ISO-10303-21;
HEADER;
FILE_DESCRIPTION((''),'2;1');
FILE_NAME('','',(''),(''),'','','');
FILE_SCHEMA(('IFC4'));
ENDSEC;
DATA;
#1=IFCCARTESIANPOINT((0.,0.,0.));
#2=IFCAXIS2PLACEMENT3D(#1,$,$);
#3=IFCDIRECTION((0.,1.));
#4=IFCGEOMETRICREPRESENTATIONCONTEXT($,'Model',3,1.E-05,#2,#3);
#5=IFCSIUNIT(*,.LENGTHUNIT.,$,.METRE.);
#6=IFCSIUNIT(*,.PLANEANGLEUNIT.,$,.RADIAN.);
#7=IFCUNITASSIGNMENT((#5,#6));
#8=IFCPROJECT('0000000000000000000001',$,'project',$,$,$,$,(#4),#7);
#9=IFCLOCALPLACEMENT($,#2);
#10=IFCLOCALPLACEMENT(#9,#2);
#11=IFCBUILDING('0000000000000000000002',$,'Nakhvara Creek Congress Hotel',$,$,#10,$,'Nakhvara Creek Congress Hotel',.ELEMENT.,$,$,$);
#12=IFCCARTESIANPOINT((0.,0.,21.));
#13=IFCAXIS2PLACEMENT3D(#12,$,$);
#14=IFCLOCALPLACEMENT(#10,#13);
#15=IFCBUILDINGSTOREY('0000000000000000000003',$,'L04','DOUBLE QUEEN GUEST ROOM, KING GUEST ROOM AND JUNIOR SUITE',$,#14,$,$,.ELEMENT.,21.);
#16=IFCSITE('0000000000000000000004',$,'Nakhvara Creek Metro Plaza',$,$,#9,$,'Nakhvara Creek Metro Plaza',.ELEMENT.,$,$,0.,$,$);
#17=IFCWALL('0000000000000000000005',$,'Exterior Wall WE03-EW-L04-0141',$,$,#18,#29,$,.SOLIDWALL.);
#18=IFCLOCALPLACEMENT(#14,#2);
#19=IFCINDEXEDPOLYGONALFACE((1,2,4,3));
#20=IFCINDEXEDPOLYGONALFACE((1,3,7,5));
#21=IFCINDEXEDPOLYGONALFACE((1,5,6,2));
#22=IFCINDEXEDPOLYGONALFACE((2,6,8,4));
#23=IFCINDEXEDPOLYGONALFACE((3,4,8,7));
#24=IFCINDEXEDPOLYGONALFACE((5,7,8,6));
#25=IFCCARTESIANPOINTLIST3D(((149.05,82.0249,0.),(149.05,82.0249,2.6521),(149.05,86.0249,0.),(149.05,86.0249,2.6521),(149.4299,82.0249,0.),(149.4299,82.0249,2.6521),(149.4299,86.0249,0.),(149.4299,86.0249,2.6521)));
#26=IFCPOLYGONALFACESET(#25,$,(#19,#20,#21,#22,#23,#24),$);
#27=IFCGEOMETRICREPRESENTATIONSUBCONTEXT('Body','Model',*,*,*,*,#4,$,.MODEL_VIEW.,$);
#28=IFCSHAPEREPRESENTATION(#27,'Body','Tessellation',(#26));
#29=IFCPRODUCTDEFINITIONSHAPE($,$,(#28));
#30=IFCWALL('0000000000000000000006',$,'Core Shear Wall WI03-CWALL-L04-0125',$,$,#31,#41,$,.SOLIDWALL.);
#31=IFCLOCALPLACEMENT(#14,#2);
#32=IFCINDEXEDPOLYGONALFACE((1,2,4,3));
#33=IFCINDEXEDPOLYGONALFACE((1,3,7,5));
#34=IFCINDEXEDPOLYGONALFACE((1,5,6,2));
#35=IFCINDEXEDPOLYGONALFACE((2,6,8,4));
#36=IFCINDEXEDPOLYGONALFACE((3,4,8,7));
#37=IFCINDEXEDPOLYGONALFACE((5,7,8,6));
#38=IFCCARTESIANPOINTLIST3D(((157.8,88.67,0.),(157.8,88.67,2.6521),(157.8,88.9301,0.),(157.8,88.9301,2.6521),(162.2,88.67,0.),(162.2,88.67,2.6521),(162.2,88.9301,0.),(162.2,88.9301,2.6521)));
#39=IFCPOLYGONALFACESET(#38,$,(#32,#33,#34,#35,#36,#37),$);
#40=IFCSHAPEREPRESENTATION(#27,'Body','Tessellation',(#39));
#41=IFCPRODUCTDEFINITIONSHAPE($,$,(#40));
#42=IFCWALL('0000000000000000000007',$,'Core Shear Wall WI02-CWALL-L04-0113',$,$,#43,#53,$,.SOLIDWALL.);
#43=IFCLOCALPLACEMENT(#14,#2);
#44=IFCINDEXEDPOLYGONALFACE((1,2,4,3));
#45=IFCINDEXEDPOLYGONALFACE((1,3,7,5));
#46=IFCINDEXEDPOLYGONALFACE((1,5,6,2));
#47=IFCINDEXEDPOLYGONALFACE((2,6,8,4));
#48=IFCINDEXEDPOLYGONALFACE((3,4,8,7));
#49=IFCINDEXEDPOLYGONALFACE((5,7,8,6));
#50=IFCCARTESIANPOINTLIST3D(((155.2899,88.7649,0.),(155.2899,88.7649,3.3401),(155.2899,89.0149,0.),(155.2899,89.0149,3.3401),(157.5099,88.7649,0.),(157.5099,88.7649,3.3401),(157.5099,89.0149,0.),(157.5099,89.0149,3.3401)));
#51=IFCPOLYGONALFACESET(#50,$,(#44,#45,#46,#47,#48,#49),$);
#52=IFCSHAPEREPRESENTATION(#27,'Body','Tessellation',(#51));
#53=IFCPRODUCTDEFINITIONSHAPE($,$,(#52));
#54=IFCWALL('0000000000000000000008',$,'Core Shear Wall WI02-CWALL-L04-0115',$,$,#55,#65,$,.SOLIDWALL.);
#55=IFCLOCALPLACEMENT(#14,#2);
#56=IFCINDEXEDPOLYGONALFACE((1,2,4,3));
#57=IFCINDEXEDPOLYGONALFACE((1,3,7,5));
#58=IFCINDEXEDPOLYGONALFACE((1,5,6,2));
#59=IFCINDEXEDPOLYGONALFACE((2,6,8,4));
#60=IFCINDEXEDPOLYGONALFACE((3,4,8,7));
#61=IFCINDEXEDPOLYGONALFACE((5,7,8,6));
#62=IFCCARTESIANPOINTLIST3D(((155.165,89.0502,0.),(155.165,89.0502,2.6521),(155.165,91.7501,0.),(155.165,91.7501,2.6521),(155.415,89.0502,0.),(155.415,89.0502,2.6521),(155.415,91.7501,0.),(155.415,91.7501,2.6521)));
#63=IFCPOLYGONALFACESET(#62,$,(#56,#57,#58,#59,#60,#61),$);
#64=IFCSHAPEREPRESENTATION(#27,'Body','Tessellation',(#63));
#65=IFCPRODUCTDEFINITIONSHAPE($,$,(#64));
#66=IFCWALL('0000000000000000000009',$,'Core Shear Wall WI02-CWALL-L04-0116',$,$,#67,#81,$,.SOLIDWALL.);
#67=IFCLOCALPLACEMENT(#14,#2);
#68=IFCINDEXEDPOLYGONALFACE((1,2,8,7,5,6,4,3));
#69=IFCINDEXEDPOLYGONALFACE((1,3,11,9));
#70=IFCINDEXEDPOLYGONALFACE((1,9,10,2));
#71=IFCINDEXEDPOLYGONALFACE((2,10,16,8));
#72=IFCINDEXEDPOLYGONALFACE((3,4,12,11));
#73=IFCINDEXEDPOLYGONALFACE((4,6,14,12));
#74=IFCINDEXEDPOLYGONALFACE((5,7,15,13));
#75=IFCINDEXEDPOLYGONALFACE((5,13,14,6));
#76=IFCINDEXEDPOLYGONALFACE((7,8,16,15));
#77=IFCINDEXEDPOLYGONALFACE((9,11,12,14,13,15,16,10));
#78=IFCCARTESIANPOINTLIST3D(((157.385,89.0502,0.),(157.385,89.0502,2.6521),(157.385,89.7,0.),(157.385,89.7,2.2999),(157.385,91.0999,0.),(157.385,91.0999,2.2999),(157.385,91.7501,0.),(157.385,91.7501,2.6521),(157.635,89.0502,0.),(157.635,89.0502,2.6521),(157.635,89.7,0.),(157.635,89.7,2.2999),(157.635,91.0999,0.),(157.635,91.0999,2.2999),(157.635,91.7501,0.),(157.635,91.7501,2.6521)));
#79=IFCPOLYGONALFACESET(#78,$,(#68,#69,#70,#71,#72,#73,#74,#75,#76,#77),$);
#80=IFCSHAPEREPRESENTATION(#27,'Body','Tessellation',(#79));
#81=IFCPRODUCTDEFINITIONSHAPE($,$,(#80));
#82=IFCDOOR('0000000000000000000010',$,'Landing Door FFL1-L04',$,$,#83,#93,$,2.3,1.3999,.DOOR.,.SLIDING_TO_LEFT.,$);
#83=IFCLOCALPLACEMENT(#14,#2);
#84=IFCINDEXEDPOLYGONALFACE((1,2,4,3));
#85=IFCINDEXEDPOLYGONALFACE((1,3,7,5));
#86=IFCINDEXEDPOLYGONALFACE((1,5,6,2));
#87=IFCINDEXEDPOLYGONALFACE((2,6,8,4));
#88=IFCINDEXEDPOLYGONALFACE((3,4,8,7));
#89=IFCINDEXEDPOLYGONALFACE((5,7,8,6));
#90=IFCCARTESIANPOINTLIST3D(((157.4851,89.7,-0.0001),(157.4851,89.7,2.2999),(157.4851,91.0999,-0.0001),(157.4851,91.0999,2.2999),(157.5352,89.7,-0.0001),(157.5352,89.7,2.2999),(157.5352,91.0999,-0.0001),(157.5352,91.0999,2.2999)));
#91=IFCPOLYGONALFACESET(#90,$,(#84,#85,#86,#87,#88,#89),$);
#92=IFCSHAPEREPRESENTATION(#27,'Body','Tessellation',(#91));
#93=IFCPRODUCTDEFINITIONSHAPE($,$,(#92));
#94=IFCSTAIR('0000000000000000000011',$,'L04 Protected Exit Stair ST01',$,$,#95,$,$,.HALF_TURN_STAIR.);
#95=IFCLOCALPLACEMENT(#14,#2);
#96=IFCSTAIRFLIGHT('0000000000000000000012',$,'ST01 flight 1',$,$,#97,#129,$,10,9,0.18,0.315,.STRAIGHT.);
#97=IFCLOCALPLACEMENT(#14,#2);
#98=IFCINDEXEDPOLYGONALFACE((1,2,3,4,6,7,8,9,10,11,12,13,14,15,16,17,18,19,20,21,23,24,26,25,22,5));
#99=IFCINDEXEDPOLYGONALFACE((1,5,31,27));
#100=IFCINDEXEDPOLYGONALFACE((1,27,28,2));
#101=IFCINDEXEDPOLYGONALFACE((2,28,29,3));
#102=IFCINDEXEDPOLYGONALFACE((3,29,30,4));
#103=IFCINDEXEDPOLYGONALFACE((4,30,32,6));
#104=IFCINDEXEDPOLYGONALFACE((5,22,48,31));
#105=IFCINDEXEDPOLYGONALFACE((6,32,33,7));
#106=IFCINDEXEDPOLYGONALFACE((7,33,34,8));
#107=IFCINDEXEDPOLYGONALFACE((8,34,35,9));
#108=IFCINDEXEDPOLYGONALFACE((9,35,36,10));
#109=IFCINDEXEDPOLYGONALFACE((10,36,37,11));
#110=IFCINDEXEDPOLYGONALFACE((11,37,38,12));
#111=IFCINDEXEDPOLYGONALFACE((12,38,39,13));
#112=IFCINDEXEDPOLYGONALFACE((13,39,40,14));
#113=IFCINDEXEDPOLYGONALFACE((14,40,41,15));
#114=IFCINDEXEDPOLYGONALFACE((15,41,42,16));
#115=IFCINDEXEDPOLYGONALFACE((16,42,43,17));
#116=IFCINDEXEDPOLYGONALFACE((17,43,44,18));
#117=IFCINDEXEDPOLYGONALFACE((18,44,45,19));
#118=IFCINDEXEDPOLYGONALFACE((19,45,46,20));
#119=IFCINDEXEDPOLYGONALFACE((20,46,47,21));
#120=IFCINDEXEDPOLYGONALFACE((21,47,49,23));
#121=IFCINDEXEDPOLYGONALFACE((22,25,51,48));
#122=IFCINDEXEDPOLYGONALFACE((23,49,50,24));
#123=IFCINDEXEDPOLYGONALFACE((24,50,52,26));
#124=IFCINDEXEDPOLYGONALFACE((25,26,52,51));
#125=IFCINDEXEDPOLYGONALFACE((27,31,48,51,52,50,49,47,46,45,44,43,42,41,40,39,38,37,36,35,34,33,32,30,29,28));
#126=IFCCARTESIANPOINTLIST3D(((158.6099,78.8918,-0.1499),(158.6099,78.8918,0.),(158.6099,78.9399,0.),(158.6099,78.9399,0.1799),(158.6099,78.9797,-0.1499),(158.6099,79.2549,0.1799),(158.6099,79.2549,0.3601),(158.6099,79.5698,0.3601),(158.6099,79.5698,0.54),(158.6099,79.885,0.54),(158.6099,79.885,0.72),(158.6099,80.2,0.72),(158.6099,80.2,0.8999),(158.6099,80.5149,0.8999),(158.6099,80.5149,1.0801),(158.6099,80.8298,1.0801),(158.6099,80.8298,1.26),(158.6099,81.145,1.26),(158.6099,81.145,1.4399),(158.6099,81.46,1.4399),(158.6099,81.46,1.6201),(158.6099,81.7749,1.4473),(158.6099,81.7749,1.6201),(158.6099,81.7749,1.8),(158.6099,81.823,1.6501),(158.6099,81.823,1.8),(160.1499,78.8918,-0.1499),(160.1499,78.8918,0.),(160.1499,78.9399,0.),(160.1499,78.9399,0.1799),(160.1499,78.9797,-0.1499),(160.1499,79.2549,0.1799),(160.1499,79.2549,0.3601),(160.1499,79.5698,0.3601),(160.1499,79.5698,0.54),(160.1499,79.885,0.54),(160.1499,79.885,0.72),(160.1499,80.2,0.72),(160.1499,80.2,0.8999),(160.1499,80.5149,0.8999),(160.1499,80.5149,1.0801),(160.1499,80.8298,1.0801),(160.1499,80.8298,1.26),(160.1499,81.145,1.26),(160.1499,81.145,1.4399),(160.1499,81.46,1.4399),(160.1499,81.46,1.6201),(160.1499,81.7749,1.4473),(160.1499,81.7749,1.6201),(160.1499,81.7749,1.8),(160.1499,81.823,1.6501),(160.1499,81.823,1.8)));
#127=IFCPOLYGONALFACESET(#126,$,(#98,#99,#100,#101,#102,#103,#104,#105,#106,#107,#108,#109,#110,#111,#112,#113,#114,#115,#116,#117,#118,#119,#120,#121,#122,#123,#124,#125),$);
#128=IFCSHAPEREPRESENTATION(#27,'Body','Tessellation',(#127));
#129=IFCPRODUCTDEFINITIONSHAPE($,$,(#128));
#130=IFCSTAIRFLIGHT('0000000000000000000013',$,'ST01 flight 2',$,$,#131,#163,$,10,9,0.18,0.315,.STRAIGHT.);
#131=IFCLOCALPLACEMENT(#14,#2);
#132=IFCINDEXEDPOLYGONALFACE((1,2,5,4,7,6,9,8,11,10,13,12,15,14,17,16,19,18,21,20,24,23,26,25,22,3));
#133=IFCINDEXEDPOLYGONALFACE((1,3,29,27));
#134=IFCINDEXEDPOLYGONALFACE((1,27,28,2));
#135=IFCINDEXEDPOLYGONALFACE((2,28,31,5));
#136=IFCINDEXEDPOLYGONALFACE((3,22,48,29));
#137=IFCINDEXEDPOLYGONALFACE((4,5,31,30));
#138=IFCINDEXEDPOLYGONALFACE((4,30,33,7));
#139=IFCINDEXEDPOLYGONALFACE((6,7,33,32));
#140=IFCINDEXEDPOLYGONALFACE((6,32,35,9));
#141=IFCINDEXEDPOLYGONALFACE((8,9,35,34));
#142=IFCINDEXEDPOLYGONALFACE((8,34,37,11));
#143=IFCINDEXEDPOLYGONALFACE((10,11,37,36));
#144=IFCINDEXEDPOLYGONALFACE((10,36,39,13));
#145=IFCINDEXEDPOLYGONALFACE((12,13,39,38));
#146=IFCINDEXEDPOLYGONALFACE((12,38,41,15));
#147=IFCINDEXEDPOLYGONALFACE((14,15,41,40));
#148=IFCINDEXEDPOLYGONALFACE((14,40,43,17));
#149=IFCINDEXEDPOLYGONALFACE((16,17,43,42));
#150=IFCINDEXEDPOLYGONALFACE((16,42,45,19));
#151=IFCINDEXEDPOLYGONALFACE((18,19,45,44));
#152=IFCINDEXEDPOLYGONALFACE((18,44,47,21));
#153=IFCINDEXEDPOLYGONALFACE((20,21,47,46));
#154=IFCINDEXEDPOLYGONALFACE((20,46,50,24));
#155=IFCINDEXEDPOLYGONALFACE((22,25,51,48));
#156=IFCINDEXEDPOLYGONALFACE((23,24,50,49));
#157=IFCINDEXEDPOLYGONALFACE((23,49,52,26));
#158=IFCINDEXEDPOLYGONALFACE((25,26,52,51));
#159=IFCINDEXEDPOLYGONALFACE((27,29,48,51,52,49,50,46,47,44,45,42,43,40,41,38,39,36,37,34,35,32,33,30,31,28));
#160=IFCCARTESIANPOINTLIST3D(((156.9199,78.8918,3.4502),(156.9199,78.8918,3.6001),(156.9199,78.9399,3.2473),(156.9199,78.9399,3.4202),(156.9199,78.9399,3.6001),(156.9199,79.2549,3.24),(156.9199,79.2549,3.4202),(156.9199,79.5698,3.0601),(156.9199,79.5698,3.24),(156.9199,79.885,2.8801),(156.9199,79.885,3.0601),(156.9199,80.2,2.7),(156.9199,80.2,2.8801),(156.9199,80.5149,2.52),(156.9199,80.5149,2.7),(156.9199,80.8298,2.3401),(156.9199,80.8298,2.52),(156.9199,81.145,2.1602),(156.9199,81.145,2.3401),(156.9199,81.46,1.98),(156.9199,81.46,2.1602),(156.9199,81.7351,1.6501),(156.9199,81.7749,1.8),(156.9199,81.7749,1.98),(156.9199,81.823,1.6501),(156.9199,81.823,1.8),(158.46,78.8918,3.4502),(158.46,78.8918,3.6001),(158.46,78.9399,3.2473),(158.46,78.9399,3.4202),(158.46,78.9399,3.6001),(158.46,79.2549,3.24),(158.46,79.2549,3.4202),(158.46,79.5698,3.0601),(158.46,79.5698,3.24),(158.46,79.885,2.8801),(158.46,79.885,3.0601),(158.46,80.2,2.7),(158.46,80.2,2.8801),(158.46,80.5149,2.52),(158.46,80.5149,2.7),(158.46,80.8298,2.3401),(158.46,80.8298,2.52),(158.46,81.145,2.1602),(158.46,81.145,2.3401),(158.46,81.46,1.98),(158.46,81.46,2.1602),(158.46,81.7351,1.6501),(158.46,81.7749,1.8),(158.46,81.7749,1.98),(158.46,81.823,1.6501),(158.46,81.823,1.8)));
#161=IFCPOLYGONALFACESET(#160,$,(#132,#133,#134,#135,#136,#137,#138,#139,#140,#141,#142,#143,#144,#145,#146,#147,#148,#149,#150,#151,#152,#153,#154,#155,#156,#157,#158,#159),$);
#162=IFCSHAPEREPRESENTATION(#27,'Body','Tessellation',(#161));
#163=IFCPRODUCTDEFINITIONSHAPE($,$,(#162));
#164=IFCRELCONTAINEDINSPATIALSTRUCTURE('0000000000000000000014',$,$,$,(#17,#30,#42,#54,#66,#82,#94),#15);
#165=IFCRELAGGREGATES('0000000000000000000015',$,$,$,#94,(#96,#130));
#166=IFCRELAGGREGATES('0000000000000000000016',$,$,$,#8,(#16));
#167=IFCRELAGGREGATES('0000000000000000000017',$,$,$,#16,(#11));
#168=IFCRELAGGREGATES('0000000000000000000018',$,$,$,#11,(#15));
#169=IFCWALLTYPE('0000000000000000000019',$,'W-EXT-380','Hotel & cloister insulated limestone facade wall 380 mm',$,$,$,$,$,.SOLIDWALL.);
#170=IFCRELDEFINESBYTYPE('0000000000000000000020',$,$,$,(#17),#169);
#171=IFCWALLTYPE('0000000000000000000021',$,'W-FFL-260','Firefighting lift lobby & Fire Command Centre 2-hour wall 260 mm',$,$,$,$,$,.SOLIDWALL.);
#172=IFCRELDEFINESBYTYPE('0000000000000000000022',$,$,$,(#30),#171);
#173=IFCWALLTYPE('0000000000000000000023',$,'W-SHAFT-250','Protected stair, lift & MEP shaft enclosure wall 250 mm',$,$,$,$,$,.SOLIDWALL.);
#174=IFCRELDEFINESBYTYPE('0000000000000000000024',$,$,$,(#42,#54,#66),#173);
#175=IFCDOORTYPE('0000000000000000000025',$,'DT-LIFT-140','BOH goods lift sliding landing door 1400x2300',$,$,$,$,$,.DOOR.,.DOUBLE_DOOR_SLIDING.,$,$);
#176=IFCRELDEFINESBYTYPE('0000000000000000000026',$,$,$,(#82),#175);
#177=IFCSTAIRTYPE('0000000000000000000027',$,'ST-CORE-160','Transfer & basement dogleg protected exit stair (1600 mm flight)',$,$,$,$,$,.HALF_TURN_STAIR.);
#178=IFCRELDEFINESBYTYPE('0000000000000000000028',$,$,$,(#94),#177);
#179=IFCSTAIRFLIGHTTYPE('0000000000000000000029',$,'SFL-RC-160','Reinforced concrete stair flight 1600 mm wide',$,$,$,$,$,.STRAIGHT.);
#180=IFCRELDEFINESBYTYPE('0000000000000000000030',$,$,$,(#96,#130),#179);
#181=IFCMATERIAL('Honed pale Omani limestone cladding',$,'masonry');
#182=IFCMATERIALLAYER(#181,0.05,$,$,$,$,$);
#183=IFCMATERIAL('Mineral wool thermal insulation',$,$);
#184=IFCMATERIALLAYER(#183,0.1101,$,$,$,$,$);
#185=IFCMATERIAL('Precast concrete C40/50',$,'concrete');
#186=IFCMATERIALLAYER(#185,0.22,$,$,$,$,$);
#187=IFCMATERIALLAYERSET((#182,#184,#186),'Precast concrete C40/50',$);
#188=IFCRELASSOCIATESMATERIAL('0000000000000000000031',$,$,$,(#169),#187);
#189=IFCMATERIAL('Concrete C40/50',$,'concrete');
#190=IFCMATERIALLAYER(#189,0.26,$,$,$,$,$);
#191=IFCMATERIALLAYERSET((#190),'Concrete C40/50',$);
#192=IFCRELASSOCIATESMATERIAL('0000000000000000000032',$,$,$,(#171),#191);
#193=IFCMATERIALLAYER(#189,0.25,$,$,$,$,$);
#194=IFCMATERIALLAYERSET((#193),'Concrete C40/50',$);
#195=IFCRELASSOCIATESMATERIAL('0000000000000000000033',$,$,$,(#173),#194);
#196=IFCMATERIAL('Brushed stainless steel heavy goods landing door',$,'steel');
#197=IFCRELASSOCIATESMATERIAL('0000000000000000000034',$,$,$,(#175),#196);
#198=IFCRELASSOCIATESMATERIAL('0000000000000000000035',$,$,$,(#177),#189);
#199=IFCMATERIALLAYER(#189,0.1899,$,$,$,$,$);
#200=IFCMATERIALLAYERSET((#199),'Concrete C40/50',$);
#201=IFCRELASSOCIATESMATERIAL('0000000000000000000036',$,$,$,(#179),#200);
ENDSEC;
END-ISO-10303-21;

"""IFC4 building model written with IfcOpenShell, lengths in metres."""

from ifc_helpers import new_model, si_unit, direction, frame, frame_2d, origin, place, context, subcontext, project, spatial, polyline, rectangle, outline, extrude, material, layer, layer_set, type_object, element, fill, aggregate, save


model = new_model("IFC4")

# Units and contexts
model_context = context("Model", 3, precision=1e-05, world=origin(), true_north=direction((0.0, 1.0)))
body_context = subcontext(model_context, "Body", "Model", "MODEL_VIEW")
ifc_project = project(units=[si_unit("LENGTHUNIT", "METRE"), si_unit("PLANEANGLEUNIT", "RADIAN")], contexts=[model_context])

# Site, building, storey
site_placement = place(None, origin())
site = spatial("IfcSite", under=ifc_project, at=site_placement, Name="Nakhvara Creek Metro Plaza", LongName="Nakhvara Creek Metro Plaza", CompositionType="ELEMENT", RefElevation=0.0)
building_placement = place(site_placement, origin())
building = spatial("IfcBuilding", under=site, at=building_placement, Name="Nakhvara Creek Congress Hotel", LongName="Nakhvara Creek Congress Hotel", CompositionType="ELEMENT")
storey_placement = place(building_placement, frame((0.0, 0.0, 21.0)))
storey = spatial("IfcBuildingStorey", under=building, at=storey_placement, Name="L04", Description="DOUBLE QUEEN GUEST ROOM, KING GUEST ROOM AND JUNIOR SUITE", CompositionType="ELEMENT", Elevation=21.0)

# Shared definitions
ifc_material_1 = material(Name="Concrete C40/50", Category="concrete")

# Wall
ifc_material_2 = material(Name="Honed pale Omani limestone cladding", Category="masonry")
ifc_layer_1 = layer(ifc_material_2, 0.05)
ifc_material_3 = material(Name="Mineral wool thermal insulation")
ifc_layer_2 = layer(ifc_material_3, 0.1101)
ifc_material_4 = material(Name="Precast concrete C40/50", Category="concrete")
ifc_layer_3 = layer(ifc_material_4, 0.22)
ifc_layer_set_1 = layer_set([ifc_layer_1, ifc_layer_2, ifc_layer_3], Name="Precast concrete C40/50")
wall_type_1 = type_object("IfcWallType", Name="W-EXT-380", Description="Hotel & cloister insulated limestone facade wall 380 mm", PredefinedType="SOLIDWALL", material=ifc_layer_set_1)
wall_1_placement = place(storey_placement, frame((149.24, 82.0249, 0.0), z_axis=(0.0, 0.0, 1.0), x_axis=(0.0, 1.0, 0.0)))
element("IfcWall", 1, at=wall_1_placement, inside=storey, type_object=wall_type_1, Name="Exterior Wall WE03-EW-L04-0141", PredefinedType="SOLIDWALL", context=body_context, shape_type="SweptSolid", body=[
    extrude(rectangle(XDim=4.0, YDim=0.3799, at=frame_2d((2.0, 0.0))), origin(), (0.0, 0.0, 1.0), 2.6521),
])

# Shared definitions
ifc_layer_4 = layer(ifc_material_1, 0.26)
ifc_layer_set_2 = layer_set([ifc_layer_4], Name="Concrete C40/50")
wall_type_2 = type_object("IfcWallType", Name="W-FFL-260", Description="Firefighting lift lobby & Fire Command Centre 2-hour wall 260 mm", PredefinedType="SOLIDWALL", material=ifc_layer_set_2)

# Walls
wall_2_placement = place(storey_placement, frame((157.8, 88.8, 0.0), z_axis=(0.0, 0.0, 1.0), x_axis=(1.0, 0.0, 0.0)))
element("IfcWall", 2, at=wall_2_placement, inside=storey, type_object=wall_type_2, Name="Core Shear Wall WI03-CWALL-L04-0125", PredefinedType="SOLIDWALL", context=body_context, shape_type="SweptSolid", body=[
    extrude(rectangle(XDim=4.3999, YDim=0.26, at=frame_2d((2.2, 0.0))), origin(), (0.0, 0.0, 1.0), 2.6521),
])
ifc_layer_5 = layer(ifc_material_1, 0.25)
ifc_layer_set_3 = layer_set([ifc_layer_5], Name="Concrete C40/50")
wall_type_3 = type_object("IfcWallType", Name="W-SHAFT-250", Description="Protected stair, lift & MEP shaft enclosure wall 250 mm", PredefinedType="SOLIDWALL", material=ifc_layer_set_3)
wall_3_placement = place(storey_placement, frame((155.29, 88.8899, 0.0), z_axis=(0.0, 0.0, 1.0), x_axis=(1.0, 0.0, 0.0)))
element("IfcWall", 3, at=wall_3_placement, inside=storey, type_object=wall_type_3, Name="Core Shear Wall WI02-CWALL-L04-0113", PredefinedType="SOLIDWALL", context=body_context, shape_type="SweptSolid", body=[
    extrude(rectangle(XDim=2.22, YDim=0.25, at=frame_2d((1.1099, 0.0))), origin(), (0.0, 0.0, 1.0), 3.3401),
])
wall_4_placement = place(storey_placement, frame((155.29, 89.05, 0.0), z_axis=(0.0, 0.0, 1.0), x_axis=(0.0, 1.0, 0.0)))
element("IfcWall", 4, at=wall_4_placement, inside=storey, type_object=wall_type_3, Name="Core Shear Wall WI02-CWALL-L04-0115", PredefinedType="SOLIDWALL", context=body_context, shape_type="SweptSolid", body=[
    extrude(rectangle(XDim=2.7, YDim=0.25, at=frame_2d((1.3501, 0.0))), origin(), (0.0, 0.0, 1.0), 2.6521),
])

# Wall, opening, door
wall_5_placement = place(storey_placement, frame((157.51, 89.05, 0.0), z_axis=(0.0, 0.0, 1.0), x_axis=(0.0, 1.0, 0.0)))
wall_5 = element("IfcWall", 5, at=wall_5_placement, inside=storey, type_object=wall_type_3, Name="Core Shear Wall WI02-CWALL-L04-0116", PredefinedType="SOLIDWALL", context=body_context, shape_type="SweptSolid", body=[
    extrude(rectangle(XDim=2.7, YDim=0.25, at=frame_2d((1.3501, 0.0))), origin(), (0.0, 0.0, 1.0), 2.6521),
])
opening_1_placement = place(wall_5_placement, frame((0.6499, 0.0, 0.0)))
opening_1 = element("IfcOpeningElement", 6, at=opening_1_placement, cuts=wall_5, PredefinedType="OPENING", context=body_context, shape_type="SweptSolid", body=[
    extrude(rectangle(XDim=1.3999, YDim=2.3, at=frame_2d((0.7, 1.1499))), frame((0.0, 0.137, 0.0), z_axis=(0.0, -1.0, 0.0), x_axis=(1.0, 0.0, 0.0)), (0.0, 0.0, 1.0), 0.2739),
])
ifc_material_5 = material(Name="Brushed stainless steel heavy goods landing door", Category="steel")
door_type_1 = type_object("IfcDoorType", Name="DT-LIFT-140", Description="BOH goods lift sliding landing door 1400x2300", OperationType="DOUBLE_DOOR_SLIDING", PredefinedType="DOOR", material=ifc_material_5)
door_1_placement = place(opening_1_placement, origin())
door_1 = element("IfcDoor", 7, at=door_1_placement, inside=storey, type_object=door_type_1, Name="Landing Door FFL1-L04", OperationType="SLIDING_TO_LEFT", OverallHeight=2.3, OverallWidth=1.3999, PredefinedType="DOOR", context=body_context, shape_type="SweptSolid", body=[
    extrude(rectangle(XDim=1.3999, YDim=2.3, at=frame_2d((0.7, 1.1499))), frame((0.0, 0.0249, 0.0), z_axis=(0.0, -1.0, 0.0), x_axis=(1.0, 0.0, 0.0)), (0.0, 0.0, 1.0), 0.05),
])
fill(opening_1, door_1)

# Stair, stair flights
stair_type = type_object("IfcStairType", Name="ST-CORE-160", Description="Transfer & basement dogleg protected exit stair (1600 mm flight)", PredefinedType="HALF_TURN_STAIR", material=ifc_material_1)
stair_placement = place(storey_placement, origin())
stair = element("IfcStair", 8, at=stair_placement, inside=storey, type_object=stair_type, Name="L04 Protected Exit Stair ST01", PredefinedType="HALF_TURN_STAIR")
ifc_layer_6 = layer(ifc_material_1, 0.1899)
ifc_layer_set_4 = layer_set([ifc_layer_6], Name="Concrete C40/50")
stair_flight_type = type_object("IfcStairFlightType", Name="SFL-RC-160", Description="Reinforced concrete stair flight 1600 mm wide", PredefinedType="STRAIGHT", material=ifc_layer_set_4)
stair_flight_1_placement = place(storey_placement, frame((159.3799, 78.9399, 0.0), z_axis=(0.0, 0.0, 1.0), x_axis=(0.0, 1.0, 0.0)))
stair_flight_1 = element("IfcStairFlight", 9, at=stair_flight_1_placement, type_object=stair_flight_type, Name="ST01 flight 1", NumberOfRisers=10, NumberOfTreads=9, PredefinedType="STRAIGHT", RiserHeight=0.18, TreadLength=0.315, context=body_context, shape_type="SweptSolid", body=[
    extrude(outline(polyline([(-0.0481, 0.0), (0.0, 0.0), (0.0, 0.1799), (0.3149, 0.1799), (0.3149, 0.3601), (0.6299, 0.3601), (0.6299, 0.54), (0.9451, 0.54), (0.9451, 0.72), (1.26, 0.72), (1.26, 0.8999), (1.575, 0.8999), (1.575, 1.0801), (1.8899, 1.0801), (1.8899, 1.26), (2.2051, 1.26), (2.2051, 1.4399), (2.52, 1.4399), (2.52, 1.6201), (2.835, 1.6201), (2.835, 1.8), (2.8831, 1.8), (2.8831, 1.6501), (2.835, 1.4473), (0.0398, -0.1499), (-0.0481, -0.1499), (-0.0481, 0.0)])), frame((0.0, 0.77, 0.0), z_axis=(0.0, -1.0, 0.0), x_axis=(1.0, 0.0, 0.0)), (0.0, 0.0, 1.0), 1.54),
])
stair_flight_2_placement = place(storey_placement, frame((157.6899, 81.7749, 1.8), z_axis=(0.0, 0.0, 1.0), x_axis=(0.0, -1.0, 0.0)))
stair_flight_2 = element("IfcStairFlight", 10, at=stair_flight_2_placement, type_object=stair_flight_type, Name="ST01 flight 2", NumberOfRisers=10, NumberOfTreads=9, PredefinedType="STRAIGHT", RiserHeight=0.18, TreadLength=0.315, context=body_context, shape_type="SweptSolid", body=[
    extrude(outline(polyline([(-0.0481, 0.0), (0.0, 0.0), (0.0, 0.1799), (0.3149, 0.1799), (0.3149, 0.3601), (0.6299, 0.3601), (0.6299, 0.54), (0.9451, 0.54), (0.9451, 0.72), (1.26, 0.72), (1.26, 0.8999), (1.575, 0.8999), (1.575, 1.0801), (1.8899, 1.0801), (1.8899, 1.26), (2.2051, 1.26), (2.2051, 1.4399), (2.52, 1.4399), (2.52, 1.6201), (2.835, 1.6201), (2.835, 1.8), (2.8831, 1.8), (2.8831, 1.6501), (2.835, 1.4473), (0.0398, -0.1499), (-0.0481, -0.1499), (-0.0481, 0.0)])), frame((0.0, 0.77, 0.0), z_axis=(0.0, -1.0, 0.0), x_axis=(1.0, 0.0, 0.0)), (0.0, 0.0, 1.0), 1.54),
])
aggregate(stair, [stair_flight_1, stair_flight_2])

save(model, "model.ifc")
